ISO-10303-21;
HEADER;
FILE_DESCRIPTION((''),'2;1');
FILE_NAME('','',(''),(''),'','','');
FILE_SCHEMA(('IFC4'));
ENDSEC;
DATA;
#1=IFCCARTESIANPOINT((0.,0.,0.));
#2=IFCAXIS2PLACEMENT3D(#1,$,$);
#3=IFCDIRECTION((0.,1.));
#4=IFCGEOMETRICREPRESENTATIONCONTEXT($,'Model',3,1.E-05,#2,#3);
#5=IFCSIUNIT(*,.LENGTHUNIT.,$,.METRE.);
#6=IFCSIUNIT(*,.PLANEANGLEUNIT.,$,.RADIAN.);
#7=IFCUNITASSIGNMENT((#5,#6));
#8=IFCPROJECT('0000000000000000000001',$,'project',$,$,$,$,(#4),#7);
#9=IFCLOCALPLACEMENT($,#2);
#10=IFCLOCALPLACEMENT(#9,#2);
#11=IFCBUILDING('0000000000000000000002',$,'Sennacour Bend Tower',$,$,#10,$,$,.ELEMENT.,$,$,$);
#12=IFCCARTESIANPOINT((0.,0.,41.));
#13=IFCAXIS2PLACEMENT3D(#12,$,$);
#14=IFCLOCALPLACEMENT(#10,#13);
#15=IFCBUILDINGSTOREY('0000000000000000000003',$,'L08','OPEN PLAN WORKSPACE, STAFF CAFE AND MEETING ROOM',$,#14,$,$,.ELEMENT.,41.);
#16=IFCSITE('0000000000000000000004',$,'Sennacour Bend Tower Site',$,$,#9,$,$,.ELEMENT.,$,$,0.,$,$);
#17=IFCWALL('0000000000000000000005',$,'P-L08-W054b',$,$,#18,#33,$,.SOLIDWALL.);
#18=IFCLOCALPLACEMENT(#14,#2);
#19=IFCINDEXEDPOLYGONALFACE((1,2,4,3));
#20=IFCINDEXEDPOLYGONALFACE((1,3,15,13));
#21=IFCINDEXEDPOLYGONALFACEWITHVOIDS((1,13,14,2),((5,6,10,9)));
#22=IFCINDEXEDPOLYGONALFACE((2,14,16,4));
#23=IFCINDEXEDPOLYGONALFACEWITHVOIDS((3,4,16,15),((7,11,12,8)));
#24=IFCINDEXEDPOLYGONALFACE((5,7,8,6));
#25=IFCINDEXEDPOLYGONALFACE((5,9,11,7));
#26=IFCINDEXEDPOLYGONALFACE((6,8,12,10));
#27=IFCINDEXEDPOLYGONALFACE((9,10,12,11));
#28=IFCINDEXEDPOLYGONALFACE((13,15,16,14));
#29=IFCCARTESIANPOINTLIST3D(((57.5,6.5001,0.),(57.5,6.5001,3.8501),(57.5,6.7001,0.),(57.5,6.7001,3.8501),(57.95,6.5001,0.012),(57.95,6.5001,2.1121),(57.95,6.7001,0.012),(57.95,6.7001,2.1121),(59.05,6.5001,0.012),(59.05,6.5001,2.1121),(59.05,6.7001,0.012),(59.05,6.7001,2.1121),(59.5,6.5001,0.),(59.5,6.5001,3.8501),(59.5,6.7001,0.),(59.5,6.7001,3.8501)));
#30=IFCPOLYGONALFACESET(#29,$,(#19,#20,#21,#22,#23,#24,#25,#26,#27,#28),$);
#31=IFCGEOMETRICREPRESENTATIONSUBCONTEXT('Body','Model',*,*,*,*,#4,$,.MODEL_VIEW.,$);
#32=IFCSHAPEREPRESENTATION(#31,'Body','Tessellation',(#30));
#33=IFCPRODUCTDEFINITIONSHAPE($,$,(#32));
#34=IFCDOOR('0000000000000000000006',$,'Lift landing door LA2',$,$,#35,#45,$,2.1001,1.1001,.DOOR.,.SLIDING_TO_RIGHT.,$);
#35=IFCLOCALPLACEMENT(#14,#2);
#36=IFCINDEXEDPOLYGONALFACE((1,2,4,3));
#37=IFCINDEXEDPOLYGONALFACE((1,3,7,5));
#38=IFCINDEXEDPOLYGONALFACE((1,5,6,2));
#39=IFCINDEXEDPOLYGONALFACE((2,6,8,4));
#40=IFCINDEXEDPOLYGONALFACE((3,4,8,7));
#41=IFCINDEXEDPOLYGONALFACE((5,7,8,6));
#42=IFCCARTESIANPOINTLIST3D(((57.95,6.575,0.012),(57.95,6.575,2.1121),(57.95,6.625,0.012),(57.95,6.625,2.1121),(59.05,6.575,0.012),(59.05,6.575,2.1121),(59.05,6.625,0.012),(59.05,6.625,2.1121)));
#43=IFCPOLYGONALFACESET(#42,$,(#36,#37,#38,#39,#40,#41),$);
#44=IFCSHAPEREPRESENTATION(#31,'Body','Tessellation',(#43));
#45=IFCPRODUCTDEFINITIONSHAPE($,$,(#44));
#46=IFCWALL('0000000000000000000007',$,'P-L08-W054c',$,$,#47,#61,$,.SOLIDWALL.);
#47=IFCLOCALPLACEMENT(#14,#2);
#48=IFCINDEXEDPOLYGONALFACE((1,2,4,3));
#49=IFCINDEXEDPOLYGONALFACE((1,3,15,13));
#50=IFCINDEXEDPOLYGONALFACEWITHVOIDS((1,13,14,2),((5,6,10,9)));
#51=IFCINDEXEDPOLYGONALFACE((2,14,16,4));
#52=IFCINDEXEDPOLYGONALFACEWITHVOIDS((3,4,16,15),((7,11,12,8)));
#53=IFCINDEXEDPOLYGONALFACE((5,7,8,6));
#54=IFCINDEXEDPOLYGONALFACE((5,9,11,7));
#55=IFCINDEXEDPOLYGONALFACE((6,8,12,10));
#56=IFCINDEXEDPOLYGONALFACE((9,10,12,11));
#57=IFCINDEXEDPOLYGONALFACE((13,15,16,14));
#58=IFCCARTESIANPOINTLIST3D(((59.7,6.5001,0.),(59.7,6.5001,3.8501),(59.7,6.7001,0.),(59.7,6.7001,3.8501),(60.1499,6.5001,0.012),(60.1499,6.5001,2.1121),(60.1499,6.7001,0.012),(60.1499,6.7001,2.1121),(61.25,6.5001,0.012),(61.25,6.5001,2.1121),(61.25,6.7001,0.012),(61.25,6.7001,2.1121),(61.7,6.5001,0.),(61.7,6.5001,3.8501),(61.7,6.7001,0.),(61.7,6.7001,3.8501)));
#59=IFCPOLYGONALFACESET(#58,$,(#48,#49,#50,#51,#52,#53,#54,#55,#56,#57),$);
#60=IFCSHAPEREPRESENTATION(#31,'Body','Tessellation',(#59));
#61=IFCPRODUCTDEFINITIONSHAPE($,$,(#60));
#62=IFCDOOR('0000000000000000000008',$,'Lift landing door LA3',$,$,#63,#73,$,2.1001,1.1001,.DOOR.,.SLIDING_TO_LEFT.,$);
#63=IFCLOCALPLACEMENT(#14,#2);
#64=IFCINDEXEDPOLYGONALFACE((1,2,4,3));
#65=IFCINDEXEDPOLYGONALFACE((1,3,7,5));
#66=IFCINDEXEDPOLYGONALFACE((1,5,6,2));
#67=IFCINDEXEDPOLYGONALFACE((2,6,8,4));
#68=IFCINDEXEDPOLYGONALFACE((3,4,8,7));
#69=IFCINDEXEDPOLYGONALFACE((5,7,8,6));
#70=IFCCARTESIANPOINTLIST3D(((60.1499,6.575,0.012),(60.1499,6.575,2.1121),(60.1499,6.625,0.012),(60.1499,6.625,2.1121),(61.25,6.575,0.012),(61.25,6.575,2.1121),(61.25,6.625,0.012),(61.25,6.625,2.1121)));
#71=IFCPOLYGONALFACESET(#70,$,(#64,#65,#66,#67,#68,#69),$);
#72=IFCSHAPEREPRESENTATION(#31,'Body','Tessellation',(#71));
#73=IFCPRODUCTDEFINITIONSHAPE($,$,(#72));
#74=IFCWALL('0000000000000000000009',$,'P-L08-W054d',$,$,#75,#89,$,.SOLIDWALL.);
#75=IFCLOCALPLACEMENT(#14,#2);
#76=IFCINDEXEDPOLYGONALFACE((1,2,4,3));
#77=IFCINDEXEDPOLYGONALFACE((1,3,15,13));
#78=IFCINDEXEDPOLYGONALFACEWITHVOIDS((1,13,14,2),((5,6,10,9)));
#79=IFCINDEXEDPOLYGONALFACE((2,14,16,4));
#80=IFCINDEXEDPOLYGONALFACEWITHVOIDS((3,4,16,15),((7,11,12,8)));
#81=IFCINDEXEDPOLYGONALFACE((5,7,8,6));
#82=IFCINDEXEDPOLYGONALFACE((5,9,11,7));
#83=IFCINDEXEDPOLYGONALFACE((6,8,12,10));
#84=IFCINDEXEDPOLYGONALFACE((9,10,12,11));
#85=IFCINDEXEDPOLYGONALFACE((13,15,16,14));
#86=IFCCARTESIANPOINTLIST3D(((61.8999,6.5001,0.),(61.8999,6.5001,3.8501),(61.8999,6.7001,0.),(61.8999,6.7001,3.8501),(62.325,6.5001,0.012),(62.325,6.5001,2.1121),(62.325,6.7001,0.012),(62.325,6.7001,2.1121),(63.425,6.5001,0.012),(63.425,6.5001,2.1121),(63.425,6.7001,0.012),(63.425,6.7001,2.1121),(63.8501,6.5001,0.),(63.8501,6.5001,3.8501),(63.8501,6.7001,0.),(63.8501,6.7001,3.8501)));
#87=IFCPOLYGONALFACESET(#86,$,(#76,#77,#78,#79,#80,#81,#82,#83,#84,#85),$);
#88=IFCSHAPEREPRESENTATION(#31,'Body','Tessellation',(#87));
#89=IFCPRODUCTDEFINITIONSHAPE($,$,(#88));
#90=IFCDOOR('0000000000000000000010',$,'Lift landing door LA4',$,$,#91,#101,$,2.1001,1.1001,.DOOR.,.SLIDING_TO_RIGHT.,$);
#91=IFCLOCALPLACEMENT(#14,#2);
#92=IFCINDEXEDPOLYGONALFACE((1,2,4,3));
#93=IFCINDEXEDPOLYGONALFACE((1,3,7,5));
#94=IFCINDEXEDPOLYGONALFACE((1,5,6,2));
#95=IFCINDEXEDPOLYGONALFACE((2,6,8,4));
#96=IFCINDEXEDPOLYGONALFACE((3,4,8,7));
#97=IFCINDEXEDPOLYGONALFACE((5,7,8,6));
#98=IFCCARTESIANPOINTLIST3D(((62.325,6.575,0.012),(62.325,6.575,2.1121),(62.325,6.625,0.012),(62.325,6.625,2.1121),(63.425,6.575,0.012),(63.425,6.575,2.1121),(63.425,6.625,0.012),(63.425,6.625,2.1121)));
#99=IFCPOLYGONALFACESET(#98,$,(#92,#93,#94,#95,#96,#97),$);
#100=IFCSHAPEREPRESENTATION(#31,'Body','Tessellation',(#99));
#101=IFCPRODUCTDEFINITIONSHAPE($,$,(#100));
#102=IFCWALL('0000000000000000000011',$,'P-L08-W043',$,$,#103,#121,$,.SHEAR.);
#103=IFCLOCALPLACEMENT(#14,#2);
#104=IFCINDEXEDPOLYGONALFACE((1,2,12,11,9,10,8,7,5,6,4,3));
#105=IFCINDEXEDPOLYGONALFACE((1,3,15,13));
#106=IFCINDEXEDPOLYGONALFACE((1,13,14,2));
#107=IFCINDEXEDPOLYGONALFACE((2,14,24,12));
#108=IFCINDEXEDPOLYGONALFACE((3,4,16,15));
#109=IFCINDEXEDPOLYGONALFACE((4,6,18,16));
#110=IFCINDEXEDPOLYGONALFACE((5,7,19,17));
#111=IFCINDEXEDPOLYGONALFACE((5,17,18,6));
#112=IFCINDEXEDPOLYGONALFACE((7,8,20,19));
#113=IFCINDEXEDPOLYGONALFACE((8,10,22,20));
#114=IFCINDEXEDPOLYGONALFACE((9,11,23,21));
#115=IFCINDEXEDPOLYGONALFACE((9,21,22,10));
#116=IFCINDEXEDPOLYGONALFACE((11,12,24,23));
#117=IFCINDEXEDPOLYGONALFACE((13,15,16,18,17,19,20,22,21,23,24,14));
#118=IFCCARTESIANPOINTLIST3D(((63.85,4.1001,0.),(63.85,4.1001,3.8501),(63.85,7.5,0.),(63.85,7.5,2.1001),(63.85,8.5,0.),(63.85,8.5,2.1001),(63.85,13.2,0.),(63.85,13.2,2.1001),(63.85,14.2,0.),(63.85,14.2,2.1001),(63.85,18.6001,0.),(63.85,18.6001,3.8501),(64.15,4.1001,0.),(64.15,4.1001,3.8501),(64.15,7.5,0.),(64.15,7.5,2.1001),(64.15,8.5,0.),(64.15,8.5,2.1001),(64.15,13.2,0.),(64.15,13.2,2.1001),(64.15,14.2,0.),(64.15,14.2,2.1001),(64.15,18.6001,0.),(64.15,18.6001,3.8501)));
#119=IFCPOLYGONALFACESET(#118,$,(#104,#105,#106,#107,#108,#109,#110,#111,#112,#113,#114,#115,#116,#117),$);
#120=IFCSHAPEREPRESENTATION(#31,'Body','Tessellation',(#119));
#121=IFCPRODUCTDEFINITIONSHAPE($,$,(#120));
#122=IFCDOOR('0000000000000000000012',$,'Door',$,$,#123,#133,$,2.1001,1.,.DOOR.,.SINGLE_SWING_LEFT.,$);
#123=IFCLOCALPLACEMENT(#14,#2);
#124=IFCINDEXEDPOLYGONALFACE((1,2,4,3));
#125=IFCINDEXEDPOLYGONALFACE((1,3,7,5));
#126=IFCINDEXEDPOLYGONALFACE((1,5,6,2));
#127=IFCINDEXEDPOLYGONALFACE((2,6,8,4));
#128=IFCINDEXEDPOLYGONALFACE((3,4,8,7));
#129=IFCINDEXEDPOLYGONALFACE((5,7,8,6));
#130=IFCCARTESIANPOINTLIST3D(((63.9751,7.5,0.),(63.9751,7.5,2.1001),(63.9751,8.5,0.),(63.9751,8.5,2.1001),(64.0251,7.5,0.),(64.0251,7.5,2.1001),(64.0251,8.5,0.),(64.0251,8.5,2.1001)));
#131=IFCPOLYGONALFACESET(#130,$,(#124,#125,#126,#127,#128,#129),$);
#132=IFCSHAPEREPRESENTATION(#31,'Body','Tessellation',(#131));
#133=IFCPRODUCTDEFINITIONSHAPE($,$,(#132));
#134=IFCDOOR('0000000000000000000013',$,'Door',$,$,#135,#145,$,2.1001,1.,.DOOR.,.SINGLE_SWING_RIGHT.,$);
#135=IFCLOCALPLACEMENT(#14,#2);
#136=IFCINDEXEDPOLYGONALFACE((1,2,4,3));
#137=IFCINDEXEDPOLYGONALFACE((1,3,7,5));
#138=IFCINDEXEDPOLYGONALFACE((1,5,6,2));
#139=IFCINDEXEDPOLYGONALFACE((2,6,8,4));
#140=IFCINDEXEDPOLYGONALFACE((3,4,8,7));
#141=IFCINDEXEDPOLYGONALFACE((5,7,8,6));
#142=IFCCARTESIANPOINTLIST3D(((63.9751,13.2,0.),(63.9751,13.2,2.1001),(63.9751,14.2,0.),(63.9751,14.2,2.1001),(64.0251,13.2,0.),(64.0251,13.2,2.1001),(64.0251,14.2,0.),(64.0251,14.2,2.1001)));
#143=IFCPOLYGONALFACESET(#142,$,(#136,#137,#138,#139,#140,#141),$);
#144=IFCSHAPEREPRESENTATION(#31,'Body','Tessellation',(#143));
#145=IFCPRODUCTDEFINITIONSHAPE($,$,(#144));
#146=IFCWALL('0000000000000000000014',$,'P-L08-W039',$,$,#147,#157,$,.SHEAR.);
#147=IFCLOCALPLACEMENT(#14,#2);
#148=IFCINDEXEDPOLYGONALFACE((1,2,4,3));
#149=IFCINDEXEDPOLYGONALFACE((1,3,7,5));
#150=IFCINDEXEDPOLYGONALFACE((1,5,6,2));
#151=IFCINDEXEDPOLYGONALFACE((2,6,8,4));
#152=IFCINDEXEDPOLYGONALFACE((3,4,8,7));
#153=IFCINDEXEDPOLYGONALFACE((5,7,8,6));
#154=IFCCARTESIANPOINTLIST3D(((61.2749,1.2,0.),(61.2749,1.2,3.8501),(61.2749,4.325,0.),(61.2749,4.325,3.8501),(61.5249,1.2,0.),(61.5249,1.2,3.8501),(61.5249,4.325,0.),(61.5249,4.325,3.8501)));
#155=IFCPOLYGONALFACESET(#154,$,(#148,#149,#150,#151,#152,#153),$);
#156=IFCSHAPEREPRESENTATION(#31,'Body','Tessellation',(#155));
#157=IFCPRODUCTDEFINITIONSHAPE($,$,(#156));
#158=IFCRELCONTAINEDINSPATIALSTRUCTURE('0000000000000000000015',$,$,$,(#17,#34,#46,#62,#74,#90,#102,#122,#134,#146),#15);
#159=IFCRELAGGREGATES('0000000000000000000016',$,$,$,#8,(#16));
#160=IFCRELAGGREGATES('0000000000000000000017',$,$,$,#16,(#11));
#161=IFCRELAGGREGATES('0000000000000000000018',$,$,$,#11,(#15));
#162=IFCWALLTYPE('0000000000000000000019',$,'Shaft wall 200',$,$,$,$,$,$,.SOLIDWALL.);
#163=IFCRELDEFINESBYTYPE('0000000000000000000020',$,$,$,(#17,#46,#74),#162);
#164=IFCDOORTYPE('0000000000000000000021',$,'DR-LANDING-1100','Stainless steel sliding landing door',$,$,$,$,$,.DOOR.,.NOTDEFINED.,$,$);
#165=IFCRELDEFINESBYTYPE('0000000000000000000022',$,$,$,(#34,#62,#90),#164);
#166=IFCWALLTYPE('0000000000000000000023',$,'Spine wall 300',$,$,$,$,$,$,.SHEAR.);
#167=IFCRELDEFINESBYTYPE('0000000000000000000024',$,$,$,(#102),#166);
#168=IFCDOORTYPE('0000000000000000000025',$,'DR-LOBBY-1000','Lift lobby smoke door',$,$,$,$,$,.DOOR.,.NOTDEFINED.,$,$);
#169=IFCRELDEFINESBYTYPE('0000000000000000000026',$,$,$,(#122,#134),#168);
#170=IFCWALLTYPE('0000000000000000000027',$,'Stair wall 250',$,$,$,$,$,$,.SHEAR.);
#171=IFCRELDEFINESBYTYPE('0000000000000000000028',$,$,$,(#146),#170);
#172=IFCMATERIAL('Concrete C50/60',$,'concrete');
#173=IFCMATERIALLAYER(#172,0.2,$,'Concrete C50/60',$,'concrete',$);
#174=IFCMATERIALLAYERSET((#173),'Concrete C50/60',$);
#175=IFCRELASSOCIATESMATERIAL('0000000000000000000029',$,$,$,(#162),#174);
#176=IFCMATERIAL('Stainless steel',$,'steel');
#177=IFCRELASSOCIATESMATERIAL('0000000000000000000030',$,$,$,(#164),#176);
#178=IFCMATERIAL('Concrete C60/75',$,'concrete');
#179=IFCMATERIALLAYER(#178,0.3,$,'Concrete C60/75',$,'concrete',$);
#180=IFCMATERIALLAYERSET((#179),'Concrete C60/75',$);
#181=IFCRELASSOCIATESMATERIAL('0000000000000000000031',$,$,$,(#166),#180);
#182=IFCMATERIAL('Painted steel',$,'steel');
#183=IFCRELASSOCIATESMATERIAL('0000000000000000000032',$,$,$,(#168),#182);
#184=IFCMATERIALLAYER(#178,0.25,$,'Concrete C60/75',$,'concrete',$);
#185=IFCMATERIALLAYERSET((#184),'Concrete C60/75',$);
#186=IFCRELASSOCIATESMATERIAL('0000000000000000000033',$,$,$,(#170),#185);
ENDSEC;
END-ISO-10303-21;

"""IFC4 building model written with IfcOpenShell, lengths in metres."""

from ifc_helpers import new_model, si_unit, direction, frame, frame_2d, origin, place, context, subcontext, project, spatial, rectangle, extrude, material, layer, layer_set, type_object, element, fill, save


model = new_model("IFC4")

# Units and contexts
model_context = context("Model", 3, precision=1e-05, world=origin(), true_north=direction((0.0, 1.0)))
body_context = subcontext(model_context, "Body", "Model", "MODEL_VIEW")
ifc_project = project(units=[si_unit("LENGTHUNIT", "METRE"), si_unit("PLANEANGLEUNIT", "RADIAN")], contexts=[model_context])

# Site, building, storey
site_placement = place(None, origin())
site = spatial("IfcSite", under=ifc_project, at=site_placement, Name="Sennacour Bend Tower Site", CompositionType="ELEMENT", RefElevation=0.0)
building_placement = place(site_placement, origin())
building = spatial("IfcBuilding", under=site, at=building_placement, Name="Sennacour Bend Tower", CompositionType="ELEMENT")
storey_placement = place(building_placement, frame((0.0, 0.0, 41.0)))
storey = spatial("IfcBuildingStorey", under=building, at=storey_placement, Name="L08", Description="OPEN PLAN WORKSPACE, STAFF CAFE AND MEETING ROOM", CompositionType="ELEMENT", Elevation=41.0)

# Shared definitions
ifc_material_1 = material(Name="Painted steel", Category="steel")

# Shared definitions
ifc_material_2 = material(Name="Concrete C50/60", Category="concrete")
ifc_layer_1 = layer(ifc_material_2, 0.2, Name="Concrete C50/60", Category="concrete")
ifc_layer_set_1 = layer_set([ifc_layer_1], Name="Concrete C50/60")
wall_type_1 = type_object("IfcWallType", Name="Shaft wall 200", PredefinedType="SOLIDWALL", material=ifc_layer_set_1)

# Walls, openings, doors
wall_1_placement = place(storey_placement, frame((57.5, 6.6001, 0.0), z_axis=(0.0, 0.0, 1.0), x_axis=(1.0, 0.0, 0.0)))
wall_1 = element("IfcWall", 1, at=wall_1_placement, inside=storey, type_object=wall_type_1, Name="P-L08-W054b", PredefinedType="SOLIDWALL", context=body_context, shape_type="SweptSolid", body=[
    extrude(rectangle(XDim=2.0, YDim=0.2, at=frame_2d((1.0, 0.0))), origin(), (0.0, 0.0, 1.0), 3.8501),
])
opening_1_placement = place(wall_1_placement, frame((0.45, 0.0, 0.012)))
opening_1 = element("IfcOpeningElement", 2, at=opening_1_placement, cuts=wall_1, PredefinedType="OPENING", context=body_context, shape_type="SweptSolid", body=[
    extrude(rectangle(XDim=1.1001, YDim=2.1001, at=frame_2d((0.55, 1.05))), frame((0.0, 0.1099, 0.0), z_axis=(0.0, -1.0, 0.0), x_axis=(1.0, 0.0, 0.0)), (0.0, 0.0, 1.0), 0.22),
])
ifc_material_3 = material(Name="Stainless steel", Category="steel")
door_type_1 = type_object("IfcDoorType", Name="DR-LANDING-1100", Description="Stainless steel sliding landing door", OperationType="NOTDEFINED", PredefinedType="DOOR", material=ifc_material_3)
door_1_placement = place(opening_1_placement, origin())
door_1 = element("IfcDoor", 3, at=door_1_placement, inside=storey, type_object=door_type_1, Name="Lift landing door LA2", OperationType="SLIDING_TO_RIGHT", OverallHeight=2.1001, OverallWidth=1.1001, PredefinedType="DOOR", context=body_context, shape_type="SweptSolid", body=[
    extrude(rectangle(XDim=1.1001, YDim=2.1001, at=frame_2d((0.55, 1.05))), frame((0.0, 0.0249, 0.0), z_axis=(0.0, -1.0, 0.0), x_axis=(1.0, 0.0, 0.0)), (0.0, 0.0, 1.0), 0.05),
])
fill(opening_1, door_1)
wall_2_placement = place(storey_placement, frame((59.7, 6.6001, 0.0), z_axis=(0.0, 0.0, 1.0), x_axis=(1.0, 0.0, 0.0)))
wall_2 = element("IfcWall", 4, at=wall_2_placement, inside=storey, type_object=wall_type_1, Name="P-L08-W054c", PredefinedType="SOLIDWALL", context=body_context, shape_type="SweptSolid", body=[
    extrude(rectangle(XDim=2.0, YDim=0.2, at=frame_2d((1.0, 0.0))), origin(), (0.0, 0.0, 1.0), 3.8501),
])
opening_2_placement = place(wall_2_placement, frame((0.45, 0.0, 0.012)))
opening_2 = element("IfcOpeningElement", 5, at=opening_2_placement, cuts=wall_2, PredefinedType="OPENING", context=body_context, shape_type="SweptSolid", body=[
    extrude(rectangle(XDim=1.1001, YDim=2.1001, at=frame_2d((0.55, 1.05))), frame((0.0, 0.1099, 0.0), z_axis=(0.0, -1.0, 0.0), x_axis=(1.0, 0.0, 0.0)), (0.0, 0.0, 1.0), 0.22),
])
door_2_placement = place(opening_2_placement, origin())
door_2 = element("IfcDoor", 6, at=door_2_placement, inside=storey, type_object=door_type_1, Name="Lift landing door LA3", OperationType="SLIDING_TO_LEFT", OverallHeight=2.1001, OverallWidth=1.1001, PredefinedType="DOOR", context=body_context, shape_type="SweptSolid", body=[
    extrude(rectangle(XDim=1.1001, YDim=2.1001, at=frame_2d((0.55, 1.05))), frame((0.0, 0.0249, 0.0), z_axis=(0.0, -1.0, 0.0), x_axis=(1.0, 0.0, 0.0)), (0.0, 0.0, 1.0), 0.05),
])
fill(opening_2, door_2)
wall_3_placement = place(storey_placement, frame((61.8999, 6.6001, 0.0), z_axis=(0.0, 0.0, 1.0), x_axis=(1.0, 0.0, 0.0)))
wall_3 = element("IfcWall", 7, at=wall_3_placement, inside=storey, type_object=wall_type_1, Name="P-L08-W054d", PredefinedType="SOLIDWALL", context=body_context, shape_type="SweptSolid", body=[
    extrude(rectangle(XDim=1.9502, YDim=0.2, at=frame_2d((0.9751, 0.0))), origin(), (0.0, 0.0, 1.0), 3.8501),
])
opening_3_placement = place(wall_3_placement, frame((0.425, 0.0, 0.012)))
opening_3 = element("IfcOpeningElement", 8, at=opening_3_placement, cuts=wall_3, PredefinedType="OPENING", context=body_context, shape_type="SweptSolid", body=[
    extrude(rectangle(XDim=1.1001, YDim=2.1001, at=frame_2d((0.55, 1.05))), frame((0.0, 0.1099, 0.0), z_axis=(0.0, -1.0, 0.0), x_axis=(1.0, 0.0, 0.0)), (0.0, 0.0, 1.0), 0.22),
])
door_3_placement = place(opening_3_placement, origin())
door_3 = element("IfcDoor", 9, at=door_3_placement, inside=storey, type_object=door_type_1, Name="Lift landing door LA4", OperationType="SLIDING_TO_RIGHT", OverallHeight=2.1001, OverallWidth=1.1001, PredefinedType="DOOR", context=body_context, shape_type="SweptSolid", body=[
    extrude(rectangle(XDim=1.1001, YDim=2.1001, at=frame_2d((0.55, 1.05))), frame((0.0, 0.0249, 0.0), z_axis=(0.0, -1.0, 0.0), x_axis=(1.0, 0.0, 0.0)), (0.0, 0.0, 1.0), 0.05),
])
fill(opening_3, door_3)

# Wall, openings, doors
ifc_material_4 = material(Name="Concrete C60/75", Category="concrete")
ifc_layer_2 = layer(ifc_material_4, 0.3, Name="Concrete C60/75", Category="concrete")
ifc_layer_set_2 = layer_set([ifc_layer_2], Name="Concrete C60/75")
wall_type_2 = type_object("IfcWallType", Name="Spine wall 300", PredefinedType="SHEAR", material=ifc_layer_set_2)
wall_4_placement = place(storey_placement, frame((64.0, 4.1001, 0.0), z_axis=(0.0, 0.0, 1.0), x_axis=(0.0, 1.0, 0.0)))
wall_4 = element("IfcWall", 10, at=wall_4_placement, inside=storey, type_object=wall_type_2, Name="P-L08-W043", PredefinedType="SHEAR", context=body_context, shape_type="SweptSolid", body=[
    extrude(rectangle(XDim=14.5, YDim=0.3, at=frame_2d((7.25, 0.0))), origin(), (0.0, 0.0, 1.0), 3.8501),
])
opening_4_placement = place(wall_4_placement, frame((3.3999, 0.0, 0.0)))
opening_4 = element("IfcOpeningElement", 11, at=opening_4_placement, cuts=wall_4, PredefinedType="OPENING", context=body_context, shape_type="SweptSolid", body=[
    extrude(rectangle(XDim=1.0, YDim=2.1001, at=frame_2d((0.5, 1.05))), frame((0.0, 0.1602, 0.0), z_axis=(0.0, -1.0, 0.0), x_axis=(1.0, 0.0, 0.0)), (0.0, 0.0, 1.0), 0.3201),
])
opening_5_placement = place(wall_4_placement, frame((9.0999, 0.0, 0.0)))
opening_5 = element("IfcOpeningElement", 12, at=opening_5_placement, cuts=wall_4, PredefinedType="OPENING", context=body_context, shape_type="SweptSolid", body=[
    extrude(rectangle(XDim=1.0, YDim=2.1001, at=frame_2d((0.5, 1.05))), frame((0.0, 0.1602, 0.0), z_axis=(0.0, -1.0, 0.0), x_axis=(1.0, 0.0, 0.0)), (0.0, 0.0, 1.0), 0.3201),
])
door_type_2 = type_object("IfcDoorType", Name="DR-LOBBY-1000", Description="Lift lobby smoke door", OperationType="NOTDEFINED", PredefinedType="DOOR", material=ifc_material_1)
door_4_placement = place(opening_4_placement, origin())
door_4 = element("IfcDoor", 13, at=door_4_placement, inside=storey, type_object=door_type_2, Name="Door", OperationType="SINGLE_SWING_LEFT", OverallHeight=2.1001, OverallWidth=1.0, PredefinedType="DOOR", context=body_context, shape_type="SweptSolid", body=[
    extrude(rectangle(XDim=1.0, YDim=2.1001, at=frame_2d((0.5, 1.05))), frame((0.0, 0.0249, 0.0), z_axis=(0.0, -1.0, 0.0), x_axis=(1.0, 0.0, 0.0)), (0.0, 0.0, 1.0), 0.05),
])
fill(opening_4, door_4)
door_5_placement = place(opening_5_placement, origin())
door_5 = element("IfcDoor", 14, at=door_5_placement, inside=storey, type_object=door_type_2, Name="Door", OperationType="SINGLE_SWING_RIGHT", OverallHeight=2.1001, OverallWidth=1.0, PredefinedType="DOOR", context=body_context, shape_type="SweptSolid", body=[
    extrude(rectangle(XDim=1.0, YDim=2.1001, at=frame_2d((0.5, 1.05))), frame((0.0, 0.0249, 0.0), z_axis=(0.0, -1.0, 0.0), x_axis=(1.0, 0.0, 0.0)), (0.0, 0.0, 1.0), 0.05),
])
fill(opening_5, door_5)

# Wall
ifc_layer_3 = layer(ifc_material_4, 0.25, Name="Concrete C60/75", Category="concrete")
ifc_layer_set_3 = layer_set([ifc_layer_3], Name="Concrete C60/75")
wall_type_3 = type_object("IfcWallType", Name="Stair wall 250", PredefinedType="SHEAR", material=ifc_layer_set_3)
wall_5_placement = place(storey_placement, frame((61.3999, 1.2, 0.0), z_axis=(0.0, 0.0, 1.0), x_axis=(0.0, 1.0, 0.0)))
element("IfcWall", 15, at=wall_5_placement, inside=storey, type_object=wall_type_3, Name="P-L08-W039", PredefinedType="SHEAR", context=body_context, shape_type="SweptSolid", body=[
    extrude(rectangle(XDim=3.125, YDim=0.25, at=frame_2d((1.5625, 0.0))), origin(), (0.0, 0.0, 1.0), 3.8501),
])

save(model, "model.ifc")
